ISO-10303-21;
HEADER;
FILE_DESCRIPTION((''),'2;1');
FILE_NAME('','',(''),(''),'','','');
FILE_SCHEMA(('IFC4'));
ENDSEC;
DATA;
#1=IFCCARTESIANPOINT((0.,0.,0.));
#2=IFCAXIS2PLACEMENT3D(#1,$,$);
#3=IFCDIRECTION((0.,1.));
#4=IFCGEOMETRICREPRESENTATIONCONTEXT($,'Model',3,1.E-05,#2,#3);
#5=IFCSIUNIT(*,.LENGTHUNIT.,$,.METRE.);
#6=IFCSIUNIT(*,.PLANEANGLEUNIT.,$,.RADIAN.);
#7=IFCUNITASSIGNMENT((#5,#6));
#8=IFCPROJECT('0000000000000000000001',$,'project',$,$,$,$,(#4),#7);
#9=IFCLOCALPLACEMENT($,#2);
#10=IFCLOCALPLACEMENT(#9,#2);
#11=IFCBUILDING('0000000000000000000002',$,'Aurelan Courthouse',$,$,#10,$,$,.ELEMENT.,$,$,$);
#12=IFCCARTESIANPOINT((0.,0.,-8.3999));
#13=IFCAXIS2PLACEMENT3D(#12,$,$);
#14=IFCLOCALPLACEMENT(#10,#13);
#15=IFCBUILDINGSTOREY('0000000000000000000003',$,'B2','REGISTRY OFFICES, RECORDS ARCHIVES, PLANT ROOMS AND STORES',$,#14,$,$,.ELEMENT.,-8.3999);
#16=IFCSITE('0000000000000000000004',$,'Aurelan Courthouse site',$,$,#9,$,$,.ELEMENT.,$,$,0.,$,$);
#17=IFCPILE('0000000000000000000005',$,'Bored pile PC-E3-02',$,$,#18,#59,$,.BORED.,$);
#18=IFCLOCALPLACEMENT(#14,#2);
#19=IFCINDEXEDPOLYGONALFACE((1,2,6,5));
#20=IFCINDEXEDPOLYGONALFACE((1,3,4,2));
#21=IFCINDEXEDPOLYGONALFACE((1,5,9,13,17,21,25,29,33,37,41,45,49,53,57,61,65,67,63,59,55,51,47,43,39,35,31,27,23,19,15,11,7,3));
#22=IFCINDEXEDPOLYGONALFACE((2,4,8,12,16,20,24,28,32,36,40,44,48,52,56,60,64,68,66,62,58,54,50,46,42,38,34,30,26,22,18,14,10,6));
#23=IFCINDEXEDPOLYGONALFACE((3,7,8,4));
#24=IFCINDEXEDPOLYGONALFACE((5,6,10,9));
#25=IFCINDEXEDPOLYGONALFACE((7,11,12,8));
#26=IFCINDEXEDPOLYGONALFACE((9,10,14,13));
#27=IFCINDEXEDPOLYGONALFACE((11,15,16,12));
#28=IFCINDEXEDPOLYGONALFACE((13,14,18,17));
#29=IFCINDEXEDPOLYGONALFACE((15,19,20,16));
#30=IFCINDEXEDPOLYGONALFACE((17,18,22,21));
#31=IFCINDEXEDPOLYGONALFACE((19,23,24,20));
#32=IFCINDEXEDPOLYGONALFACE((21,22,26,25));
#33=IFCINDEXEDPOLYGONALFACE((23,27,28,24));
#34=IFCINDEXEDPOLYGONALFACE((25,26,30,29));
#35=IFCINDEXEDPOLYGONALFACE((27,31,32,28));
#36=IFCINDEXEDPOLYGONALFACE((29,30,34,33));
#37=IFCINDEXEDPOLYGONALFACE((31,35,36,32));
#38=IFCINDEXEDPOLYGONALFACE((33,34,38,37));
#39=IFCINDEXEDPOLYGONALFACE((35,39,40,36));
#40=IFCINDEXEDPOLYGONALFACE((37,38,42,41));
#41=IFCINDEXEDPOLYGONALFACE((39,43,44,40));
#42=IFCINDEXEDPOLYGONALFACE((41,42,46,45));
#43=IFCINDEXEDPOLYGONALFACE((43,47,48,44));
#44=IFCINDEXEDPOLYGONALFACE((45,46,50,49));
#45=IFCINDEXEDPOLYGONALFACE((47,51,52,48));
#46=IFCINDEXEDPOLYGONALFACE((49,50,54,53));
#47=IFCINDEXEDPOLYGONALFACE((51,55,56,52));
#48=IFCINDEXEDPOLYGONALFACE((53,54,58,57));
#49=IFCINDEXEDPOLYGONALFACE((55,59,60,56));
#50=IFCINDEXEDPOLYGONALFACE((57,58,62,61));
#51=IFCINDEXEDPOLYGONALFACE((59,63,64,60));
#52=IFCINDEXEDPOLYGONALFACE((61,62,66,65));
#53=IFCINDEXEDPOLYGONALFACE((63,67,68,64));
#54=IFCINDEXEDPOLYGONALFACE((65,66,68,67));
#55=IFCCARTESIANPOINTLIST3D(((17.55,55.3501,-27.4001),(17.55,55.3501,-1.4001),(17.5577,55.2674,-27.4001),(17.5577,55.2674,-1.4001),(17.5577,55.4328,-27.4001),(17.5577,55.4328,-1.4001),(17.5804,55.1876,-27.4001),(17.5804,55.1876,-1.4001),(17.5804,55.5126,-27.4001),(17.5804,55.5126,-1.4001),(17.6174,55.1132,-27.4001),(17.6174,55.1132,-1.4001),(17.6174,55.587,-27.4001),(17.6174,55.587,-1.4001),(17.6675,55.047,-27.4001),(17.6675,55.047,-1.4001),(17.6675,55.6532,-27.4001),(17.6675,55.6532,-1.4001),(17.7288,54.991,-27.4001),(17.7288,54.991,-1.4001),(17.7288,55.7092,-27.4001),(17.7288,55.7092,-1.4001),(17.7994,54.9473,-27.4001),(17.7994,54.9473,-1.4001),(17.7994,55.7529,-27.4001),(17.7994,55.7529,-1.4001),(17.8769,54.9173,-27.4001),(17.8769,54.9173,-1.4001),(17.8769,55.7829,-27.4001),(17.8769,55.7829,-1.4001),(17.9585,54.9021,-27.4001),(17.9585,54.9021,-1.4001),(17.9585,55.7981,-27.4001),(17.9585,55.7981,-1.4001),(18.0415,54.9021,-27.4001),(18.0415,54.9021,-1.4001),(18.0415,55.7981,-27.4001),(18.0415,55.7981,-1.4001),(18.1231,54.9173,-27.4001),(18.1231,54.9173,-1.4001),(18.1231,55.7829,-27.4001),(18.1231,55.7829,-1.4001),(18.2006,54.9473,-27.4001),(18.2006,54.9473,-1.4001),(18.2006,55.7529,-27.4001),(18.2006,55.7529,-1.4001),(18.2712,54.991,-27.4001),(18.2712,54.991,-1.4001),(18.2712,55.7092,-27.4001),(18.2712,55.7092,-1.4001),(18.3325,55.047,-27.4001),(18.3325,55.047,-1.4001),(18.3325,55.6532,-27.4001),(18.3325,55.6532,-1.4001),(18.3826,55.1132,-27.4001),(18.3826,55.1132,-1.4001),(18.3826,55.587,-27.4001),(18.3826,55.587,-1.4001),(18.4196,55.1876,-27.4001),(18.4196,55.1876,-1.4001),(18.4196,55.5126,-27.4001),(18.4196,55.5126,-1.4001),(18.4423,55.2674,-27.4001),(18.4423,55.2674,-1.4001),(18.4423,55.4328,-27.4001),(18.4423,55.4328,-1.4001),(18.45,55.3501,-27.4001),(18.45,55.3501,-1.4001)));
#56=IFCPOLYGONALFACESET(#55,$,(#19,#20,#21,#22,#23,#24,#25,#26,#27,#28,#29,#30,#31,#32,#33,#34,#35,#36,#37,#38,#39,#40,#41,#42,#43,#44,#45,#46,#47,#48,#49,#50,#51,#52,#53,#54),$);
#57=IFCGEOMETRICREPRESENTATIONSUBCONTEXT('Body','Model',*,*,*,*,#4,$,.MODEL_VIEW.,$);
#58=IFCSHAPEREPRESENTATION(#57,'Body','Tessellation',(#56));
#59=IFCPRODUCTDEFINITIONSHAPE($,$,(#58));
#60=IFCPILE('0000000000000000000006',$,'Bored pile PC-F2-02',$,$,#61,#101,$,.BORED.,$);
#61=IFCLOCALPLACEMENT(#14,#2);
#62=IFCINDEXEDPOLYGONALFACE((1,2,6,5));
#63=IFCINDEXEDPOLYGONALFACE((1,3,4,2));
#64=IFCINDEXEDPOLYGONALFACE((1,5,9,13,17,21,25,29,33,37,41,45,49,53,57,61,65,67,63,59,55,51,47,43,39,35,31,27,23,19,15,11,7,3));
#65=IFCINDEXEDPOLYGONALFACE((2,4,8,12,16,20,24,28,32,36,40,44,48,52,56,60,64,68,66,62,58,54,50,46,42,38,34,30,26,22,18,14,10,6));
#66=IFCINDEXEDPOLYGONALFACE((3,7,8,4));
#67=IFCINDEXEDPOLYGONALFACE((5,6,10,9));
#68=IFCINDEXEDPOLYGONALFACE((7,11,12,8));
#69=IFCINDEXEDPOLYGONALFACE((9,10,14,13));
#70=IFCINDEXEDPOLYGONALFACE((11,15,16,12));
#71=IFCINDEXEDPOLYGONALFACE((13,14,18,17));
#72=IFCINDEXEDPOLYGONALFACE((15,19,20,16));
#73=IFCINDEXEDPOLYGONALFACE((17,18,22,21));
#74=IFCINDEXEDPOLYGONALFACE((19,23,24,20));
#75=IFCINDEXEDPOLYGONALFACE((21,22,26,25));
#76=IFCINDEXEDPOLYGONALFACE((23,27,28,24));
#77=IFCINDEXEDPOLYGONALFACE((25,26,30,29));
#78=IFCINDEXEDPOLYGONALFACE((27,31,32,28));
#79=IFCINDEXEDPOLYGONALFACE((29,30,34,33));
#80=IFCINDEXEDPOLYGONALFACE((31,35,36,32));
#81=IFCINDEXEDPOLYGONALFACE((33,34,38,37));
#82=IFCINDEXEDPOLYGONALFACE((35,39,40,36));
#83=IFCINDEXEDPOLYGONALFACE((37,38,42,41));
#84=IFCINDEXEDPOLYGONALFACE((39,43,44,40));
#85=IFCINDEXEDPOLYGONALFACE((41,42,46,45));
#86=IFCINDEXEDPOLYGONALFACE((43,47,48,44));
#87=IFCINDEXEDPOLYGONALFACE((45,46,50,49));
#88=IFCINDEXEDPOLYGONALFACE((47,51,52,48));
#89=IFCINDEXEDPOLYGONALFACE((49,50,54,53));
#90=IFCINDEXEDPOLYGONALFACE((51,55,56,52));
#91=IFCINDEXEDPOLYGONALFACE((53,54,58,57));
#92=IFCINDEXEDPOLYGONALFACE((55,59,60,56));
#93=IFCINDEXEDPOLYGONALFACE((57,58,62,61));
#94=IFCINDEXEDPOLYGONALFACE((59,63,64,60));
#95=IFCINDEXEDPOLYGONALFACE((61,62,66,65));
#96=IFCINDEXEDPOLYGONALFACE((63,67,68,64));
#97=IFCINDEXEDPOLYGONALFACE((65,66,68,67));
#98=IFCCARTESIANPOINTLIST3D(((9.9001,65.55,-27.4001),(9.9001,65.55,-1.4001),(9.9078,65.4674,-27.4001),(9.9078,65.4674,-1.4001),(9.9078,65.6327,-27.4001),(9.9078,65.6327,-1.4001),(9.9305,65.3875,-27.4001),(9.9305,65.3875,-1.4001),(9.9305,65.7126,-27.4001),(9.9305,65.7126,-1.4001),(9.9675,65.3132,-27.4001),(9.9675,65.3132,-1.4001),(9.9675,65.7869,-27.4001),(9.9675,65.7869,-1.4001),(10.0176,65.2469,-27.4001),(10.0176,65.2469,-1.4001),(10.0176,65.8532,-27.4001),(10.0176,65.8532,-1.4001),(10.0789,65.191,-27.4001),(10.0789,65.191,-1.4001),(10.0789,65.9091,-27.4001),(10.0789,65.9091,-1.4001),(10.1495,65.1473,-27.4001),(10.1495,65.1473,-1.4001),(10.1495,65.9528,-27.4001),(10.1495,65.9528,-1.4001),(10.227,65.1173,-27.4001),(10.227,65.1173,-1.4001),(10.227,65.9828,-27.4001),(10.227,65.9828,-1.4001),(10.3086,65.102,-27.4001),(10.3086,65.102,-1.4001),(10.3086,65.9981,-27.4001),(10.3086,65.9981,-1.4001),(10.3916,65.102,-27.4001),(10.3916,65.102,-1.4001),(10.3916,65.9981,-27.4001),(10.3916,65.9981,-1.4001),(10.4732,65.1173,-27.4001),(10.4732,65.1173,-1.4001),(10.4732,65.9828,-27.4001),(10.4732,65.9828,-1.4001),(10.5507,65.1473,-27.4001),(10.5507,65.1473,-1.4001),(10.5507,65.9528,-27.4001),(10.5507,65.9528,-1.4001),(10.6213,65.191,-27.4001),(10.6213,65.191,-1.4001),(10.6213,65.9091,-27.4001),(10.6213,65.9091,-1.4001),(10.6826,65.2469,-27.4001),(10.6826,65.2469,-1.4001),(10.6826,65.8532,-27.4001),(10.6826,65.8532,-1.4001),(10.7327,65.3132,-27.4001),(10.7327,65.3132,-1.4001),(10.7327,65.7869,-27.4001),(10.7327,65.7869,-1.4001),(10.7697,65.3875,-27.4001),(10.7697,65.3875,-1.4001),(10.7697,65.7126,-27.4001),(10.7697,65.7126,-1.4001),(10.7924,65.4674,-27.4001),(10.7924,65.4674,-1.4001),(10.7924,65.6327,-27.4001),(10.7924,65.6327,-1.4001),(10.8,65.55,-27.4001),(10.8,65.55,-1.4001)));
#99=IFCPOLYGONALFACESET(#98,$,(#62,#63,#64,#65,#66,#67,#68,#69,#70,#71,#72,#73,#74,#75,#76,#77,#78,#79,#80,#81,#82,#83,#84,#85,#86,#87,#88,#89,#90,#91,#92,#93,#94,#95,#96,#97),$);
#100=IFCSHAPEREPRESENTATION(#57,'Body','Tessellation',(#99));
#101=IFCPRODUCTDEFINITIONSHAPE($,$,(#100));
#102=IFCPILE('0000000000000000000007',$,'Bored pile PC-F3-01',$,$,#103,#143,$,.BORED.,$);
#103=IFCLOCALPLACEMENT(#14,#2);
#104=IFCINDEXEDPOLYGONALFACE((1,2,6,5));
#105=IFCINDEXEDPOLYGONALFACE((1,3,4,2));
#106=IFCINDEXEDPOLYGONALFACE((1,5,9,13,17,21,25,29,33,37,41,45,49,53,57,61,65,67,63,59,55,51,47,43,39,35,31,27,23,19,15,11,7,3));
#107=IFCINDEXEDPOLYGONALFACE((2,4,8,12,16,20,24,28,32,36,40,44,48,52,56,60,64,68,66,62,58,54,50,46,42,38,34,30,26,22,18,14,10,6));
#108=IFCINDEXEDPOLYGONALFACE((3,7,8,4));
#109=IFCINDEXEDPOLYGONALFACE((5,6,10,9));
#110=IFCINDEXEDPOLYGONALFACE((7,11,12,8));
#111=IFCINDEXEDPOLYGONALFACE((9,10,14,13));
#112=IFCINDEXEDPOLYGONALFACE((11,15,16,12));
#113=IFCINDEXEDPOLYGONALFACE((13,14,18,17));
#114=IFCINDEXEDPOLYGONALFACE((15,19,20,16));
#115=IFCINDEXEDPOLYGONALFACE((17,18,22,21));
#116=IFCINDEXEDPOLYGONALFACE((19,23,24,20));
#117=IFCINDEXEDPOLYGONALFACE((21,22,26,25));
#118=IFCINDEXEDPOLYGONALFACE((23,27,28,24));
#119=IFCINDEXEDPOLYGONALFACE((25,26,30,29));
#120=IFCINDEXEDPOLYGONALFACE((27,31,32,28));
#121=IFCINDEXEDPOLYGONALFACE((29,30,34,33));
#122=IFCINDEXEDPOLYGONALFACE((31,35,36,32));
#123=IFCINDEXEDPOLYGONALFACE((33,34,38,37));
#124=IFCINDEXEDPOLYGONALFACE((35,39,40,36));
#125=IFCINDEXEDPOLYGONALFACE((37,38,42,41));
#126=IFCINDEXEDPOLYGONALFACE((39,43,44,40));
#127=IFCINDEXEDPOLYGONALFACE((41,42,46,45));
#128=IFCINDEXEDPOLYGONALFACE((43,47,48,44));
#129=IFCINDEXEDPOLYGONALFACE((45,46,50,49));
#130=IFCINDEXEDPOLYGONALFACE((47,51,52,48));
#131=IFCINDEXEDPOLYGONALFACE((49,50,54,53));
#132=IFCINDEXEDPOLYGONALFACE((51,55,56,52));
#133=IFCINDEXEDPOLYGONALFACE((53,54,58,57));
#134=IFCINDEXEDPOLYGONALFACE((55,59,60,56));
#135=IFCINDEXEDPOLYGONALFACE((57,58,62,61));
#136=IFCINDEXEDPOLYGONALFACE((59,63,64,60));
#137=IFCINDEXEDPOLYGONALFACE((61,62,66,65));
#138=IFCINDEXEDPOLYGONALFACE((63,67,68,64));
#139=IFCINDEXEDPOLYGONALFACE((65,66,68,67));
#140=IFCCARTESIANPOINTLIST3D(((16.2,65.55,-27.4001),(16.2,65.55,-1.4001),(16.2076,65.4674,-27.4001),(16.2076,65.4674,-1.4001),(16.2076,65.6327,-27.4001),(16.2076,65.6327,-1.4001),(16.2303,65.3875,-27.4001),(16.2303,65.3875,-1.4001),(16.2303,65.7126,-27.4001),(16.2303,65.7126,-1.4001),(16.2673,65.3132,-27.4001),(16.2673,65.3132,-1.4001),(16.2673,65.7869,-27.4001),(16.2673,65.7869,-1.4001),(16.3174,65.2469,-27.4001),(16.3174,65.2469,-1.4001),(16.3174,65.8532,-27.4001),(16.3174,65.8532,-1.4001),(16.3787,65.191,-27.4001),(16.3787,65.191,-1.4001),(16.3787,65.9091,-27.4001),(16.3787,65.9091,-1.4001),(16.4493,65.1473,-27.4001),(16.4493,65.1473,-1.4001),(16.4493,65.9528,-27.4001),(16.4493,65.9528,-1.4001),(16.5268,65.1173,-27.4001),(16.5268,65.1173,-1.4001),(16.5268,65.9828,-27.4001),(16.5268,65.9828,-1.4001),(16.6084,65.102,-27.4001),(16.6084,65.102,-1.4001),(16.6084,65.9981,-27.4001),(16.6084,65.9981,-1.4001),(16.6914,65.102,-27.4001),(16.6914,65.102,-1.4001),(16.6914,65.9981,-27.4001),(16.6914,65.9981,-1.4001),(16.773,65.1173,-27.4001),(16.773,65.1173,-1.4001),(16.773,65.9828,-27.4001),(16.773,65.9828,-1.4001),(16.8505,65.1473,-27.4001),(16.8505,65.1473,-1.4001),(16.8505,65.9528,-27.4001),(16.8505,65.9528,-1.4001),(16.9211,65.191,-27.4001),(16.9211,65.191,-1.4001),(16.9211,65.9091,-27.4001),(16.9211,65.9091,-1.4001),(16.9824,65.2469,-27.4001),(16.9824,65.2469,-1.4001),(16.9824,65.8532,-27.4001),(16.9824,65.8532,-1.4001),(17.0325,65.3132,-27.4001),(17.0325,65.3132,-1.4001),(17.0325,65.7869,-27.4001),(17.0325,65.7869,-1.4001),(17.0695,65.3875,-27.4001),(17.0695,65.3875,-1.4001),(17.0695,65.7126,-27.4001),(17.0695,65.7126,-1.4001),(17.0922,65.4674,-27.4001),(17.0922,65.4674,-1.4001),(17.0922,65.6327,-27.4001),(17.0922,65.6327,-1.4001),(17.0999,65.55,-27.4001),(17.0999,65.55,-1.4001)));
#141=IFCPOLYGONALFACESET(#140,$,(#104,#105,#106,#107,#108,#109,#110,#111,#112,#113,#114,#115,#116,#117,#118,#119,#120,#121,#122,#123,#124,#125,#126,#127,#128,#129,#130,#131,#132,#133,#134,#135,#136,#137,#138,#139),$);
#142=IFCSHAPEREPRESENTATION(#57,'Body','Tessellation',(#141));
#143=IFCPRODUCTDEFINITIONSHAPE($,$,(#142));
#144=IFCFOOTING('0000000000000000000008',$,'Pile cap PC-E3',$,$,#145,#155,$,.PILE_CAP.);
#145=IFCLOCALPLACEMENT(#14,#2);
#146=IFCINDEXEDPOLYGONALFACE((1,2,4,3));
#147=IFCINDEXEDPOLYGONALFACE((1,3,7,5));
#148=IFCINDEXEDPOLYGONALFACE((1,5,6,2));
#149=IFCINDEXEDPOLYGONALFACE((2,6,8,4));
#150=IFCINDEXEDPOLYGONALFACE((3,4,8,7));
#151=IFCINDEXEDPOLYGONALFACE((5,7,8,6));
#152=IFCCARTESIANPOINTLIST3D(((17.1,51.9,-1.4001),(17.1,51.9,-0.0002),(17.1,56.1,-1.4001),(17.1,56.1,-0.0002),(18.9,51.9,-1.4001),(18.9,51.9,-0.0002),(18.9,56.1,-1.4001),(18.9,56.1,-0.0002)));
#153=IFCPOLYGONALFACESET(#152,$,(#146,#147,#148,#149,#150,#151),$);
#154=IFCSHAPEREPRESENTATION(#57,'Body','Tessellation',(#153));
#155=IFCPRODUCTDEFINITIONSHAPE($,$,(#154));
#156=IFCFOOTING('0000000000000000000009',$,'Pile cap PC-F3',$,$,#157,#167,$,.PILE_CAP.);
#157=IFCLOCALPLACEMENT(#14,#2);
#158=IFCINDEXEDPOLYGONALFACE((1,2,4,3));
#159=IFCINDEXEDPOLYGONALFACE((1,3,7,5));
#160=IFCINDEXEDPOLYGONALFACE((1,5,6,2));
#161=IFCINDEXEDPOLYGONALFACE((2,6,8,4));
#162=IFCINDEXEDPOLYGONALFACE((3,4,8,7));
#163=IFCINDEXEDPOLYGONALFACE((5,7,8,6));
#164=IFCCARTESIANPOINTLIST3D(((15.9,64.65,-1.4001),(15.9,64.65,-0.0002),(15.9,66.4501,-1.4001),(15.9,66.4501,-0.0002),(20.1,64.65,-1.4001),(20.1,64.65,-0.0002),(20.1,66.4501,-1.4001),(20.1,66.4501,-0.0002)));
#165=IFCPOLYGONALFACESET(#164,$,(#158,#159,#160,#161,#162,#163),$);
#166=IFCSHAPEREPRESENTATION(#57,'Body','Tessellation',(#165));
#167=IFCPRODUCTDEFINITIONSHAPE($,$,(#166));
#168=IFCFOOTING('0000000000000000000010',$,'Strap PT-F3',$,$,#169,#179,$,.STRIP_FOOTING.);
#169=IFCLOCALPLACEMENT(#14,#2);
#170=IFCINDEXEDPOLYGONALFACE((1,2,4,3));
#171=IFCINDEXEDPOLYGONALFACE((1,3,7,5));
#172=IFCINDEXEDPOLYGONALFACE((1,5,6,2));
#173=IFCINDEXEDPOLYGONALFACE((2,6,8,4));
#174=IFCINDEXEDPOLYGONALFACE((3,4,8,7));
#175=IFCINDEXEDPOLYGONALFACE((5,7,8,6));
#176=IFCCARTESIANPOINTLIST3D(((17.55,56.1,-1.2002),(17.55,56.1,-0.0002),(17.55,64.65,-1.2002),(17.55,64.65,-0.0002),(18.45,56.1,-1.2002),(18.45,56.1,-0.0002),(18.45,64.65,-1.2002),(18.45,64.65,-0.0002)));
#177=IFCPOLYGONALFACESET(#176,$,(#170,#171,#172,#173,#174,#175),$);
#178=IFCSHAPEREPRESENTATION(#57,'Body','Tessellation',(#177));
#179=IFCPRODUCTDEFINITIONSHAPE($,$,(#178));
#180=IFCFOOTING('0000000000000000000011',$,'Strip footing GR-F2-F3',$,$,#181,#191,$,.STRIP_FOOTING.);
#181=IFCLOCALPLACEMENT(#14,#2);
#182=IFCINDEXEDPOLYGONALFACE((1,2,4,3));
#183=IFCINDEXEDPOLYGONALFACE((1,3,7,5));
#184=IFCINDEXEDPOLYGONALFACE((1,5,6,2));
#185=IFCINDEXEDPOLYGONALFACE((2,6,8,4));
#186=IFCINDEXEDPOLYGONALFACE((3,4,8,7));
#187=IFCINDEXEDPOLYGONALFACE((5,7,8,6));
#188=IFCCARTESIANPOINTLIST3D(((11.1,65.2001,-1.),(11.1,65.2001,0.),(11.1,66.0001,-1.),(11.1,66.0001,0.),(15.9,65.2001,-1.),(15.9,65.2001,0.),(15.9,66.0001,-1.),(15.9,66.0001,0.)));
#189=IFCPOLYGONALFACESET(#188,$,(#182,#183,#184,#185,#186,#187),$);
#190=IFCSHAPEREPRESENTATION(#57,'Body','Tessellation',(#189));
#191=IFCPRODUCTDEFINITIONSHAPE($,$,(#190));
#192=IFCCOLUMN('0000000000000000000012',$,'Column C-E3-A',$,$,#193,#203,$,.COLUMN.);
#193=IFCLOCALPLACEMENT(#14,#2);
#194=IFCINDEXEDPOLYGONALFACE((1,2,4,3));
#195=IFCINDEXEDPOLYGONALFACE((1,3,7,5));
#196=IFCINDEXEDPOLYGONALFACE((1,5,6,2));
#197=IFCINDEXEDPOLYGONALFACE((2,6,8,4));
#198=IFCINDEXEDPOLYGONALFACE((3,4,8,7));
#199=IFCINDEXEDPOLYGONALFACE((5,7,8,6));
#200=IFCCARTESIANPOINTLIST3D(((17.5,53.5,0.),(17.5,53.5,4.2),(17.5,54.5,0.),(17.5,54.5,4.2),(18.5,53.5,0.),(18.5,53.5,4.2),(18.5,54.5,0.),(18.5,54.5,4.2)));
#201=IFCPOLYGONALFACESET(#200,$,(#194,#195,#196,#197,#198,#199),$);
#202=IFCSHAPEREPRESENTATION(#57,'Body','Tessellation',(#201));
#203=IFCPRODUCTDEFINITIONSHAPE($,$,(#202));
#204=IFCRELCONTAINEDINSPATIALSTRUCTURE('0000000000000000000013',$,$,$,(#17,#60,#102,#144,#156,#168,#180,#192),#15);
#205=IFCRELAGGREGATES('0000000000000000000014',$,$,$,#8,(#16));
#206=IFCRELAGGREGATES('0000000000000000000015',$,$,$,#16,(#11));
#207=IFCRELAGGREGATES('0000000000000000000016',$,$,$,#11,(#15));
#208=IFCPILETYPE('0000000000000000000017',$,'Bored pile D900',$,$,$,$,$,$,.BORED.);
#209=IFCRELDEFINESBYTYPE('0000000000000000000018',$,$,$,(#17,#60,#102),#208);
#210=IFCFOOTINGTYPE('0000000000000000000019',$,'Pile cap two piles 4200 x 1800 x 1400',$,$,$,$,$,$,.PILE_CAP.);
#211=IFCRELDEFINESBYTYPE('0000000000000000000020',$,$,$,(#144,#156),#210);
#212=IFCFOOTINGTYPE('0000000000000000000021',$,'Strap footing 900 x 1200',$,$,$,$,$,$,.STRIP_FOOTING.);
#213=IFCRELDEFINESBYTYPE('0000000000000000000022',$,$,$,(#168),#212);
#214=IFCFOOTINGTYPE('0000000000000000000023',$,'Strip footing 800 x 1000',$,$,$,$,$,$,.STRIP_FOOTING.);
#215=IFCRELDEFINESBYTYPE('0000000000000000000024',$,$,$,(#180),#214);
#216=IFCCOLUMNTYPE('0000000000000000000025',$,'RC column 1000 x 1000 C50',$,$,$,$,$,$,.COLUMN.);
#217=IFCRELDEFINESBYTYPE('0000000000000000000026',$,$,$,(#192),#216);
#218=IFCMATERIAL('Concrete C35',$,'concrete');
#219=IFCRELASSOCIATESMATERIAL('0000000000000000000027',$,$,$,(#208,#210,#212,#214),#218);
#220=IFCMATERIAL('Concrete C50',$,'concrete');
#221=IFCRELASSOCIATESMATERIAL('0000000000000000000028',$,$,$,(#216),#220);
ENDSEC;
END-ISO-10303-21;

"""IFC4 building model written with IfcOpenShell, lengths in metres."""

from ifc_helpers import new_model, si_unit, direction, frame, origin, origin_2d, place, context, subcontext, project, spatial, rectangle, circle, extrude, material, material_profile, profile_set, type_object, element, save


model = new_model("IFC4")

# Units and contexts
model_context = context("Model", 3, precision=1e-05, world=origin(), true_north=direction((0.0, 1.0)))
body_context = subcontext(model_context, "Body", "Model", "MODEL_VIEW")
ifc_project = project(units=[si_unit("LENGTHUNIT", "METRE"), si_unit("PLANEANGLEUNIT", "RADIAN")], contexts=[model_context])

# Site, building, storey
site_placement = place(None, origin())
site = spatial("IfcSite", under=ifc_project, at=site_placement, Name="Aurelan Courthouse site", CompositionType="ELEMENT", RefElevation=0.0)
building_placement = place(site_placement, origin())
building = spatial("IfcBuilding", under=site, at=building_placement, Name="Aurelan Courthouse", CompositionType="ELEMENT")
storey_placement = place(building_placement, frame((0.0, 0.0, -8.3999)))
storey = spatial("IfcBuildingStorey", under=building, at=storey_placement, Name="B2", Description="REGISTRY OFFICES, RECORDS ARCHIVES, PLANT ROOMS AND STORES", CompositionType="ELEMENT", Elevation=-8.3999)

# Piles
ifc_material_1 = material(Name="Concrete C35", Category="concrete")
ifc_material_profile_1 = material_profile(ifc_material_1, circle(Radius=0.45, at=origin_2d()), Name="D900")
ifc_profile_set_1 = profile_set([ifc_material_profile_1], Name="Concrete C35")
pile_type = type_object("IfcPileType", Name="Bored pile D900", PredefinedType="BORED", material=ifc_profile_set_1)
for number, where, z_axis, x_axis, name in (
    (1, (18.0, 55.3501, -1.4001), (0.0, 0.0, -1.0), (1.0, 0.0, 0.0), "Bored pile PC-E3-02"),
    (2, (10.3501, 65.55, -1.4001), (0.0, 0.0, -1.0), (1.0, 0.0, 0.0), "Bored pile PC-F2-02"),
    (3, (16.6499, 65.55, -1.4001), (0.0, 0.0, -1.0), (1.0, 0.0, 0.0), "Bored pile PC-F3-01"),
):
    element("IfcPile", number, at=place(storey_placement, frame(where, z_axis=z_axis, x_axis=x_axis)), inside=storey, type_object=pile_type, Name=name, PredefinedType="BORED", context=body_context, shape_type="SweptSolid", body=[
        extrude(circle(Radius=0.45, at=origin_2d()), origin(), (0.0, 0.0, 1.0), 26.0),
    ])

# Footings
footing_type_1 = type_object("IfcFootingType", Name="Pile cap two piles 4200 x 1800 x 1400", PredefinedType="PILE_CAP", material=ifc_material_1)
for number, where, z_axis, x_axis, name in (
    (4, (18.0, 54.0, -1.4001), (0.0, 0.0, 1.0), (0.0, 1.0, 0.0), "Pile cap PC-E3"),
    (5, (18.0, 65.55, -1.4001), (0.0, 0.0, 1.0), (1.0, 0.0, 0.0), "Pile cap PC-F3"),
):
    element("IfcFooting", number, at=place(storey_placement, frame(where, z_axis=z_axis, x_axis=x_axis)), inside=storey, type_object=footing_type_1, Name=name, PredefinedType="PILE_CAP", context=body_context, shape_type="SweptSolid", body=[
        extrude(rectangle(XDim=4.2, YDim=1.8, at=origin_2d()), origin(), (0.0, 0.0, 1.0), 1.3999),
    ])
footing_type_2 = type_object("IfcFootingType", Name="Strap footing 900 x 1200", PredefinedType="STRIP_FOOTING", material=ifc_material_1)
footing_1_placement = place(storey_placement, frame((18.0, 60.375, -1.2002), z_axis=(0.0, 0.0, 1.0), x_axis=(1.0, 0.0, 0.0)))
element("IfcFooting", 6, at=footing_1_placement, inside=storey, type_object=footing_type_2, Name="Strap PT-F3", PredefinedType="STRIP_FOOTING", context=body_context, shape_type="SweptSolid", body=[
    extrude(rectangle(XDim=0.8999, YDim=8.55, at=origin_2d()), origin(), (0.0, 0.0, 1.0), 1.2),
])
footing_type_3 = type_object("IfcFootingType", Name="Strip footing 800 x 1000", PredefinedType="STRIP_FOOTING", material=ifc_material_1)
footing_2_placement = place(storey_placement, frame((13.5, 65.6001, -1.0), z_axis=(0.0, 0.0, 1.0), x_axis=(1.0, 0.0, 0.0)))
element("IfcFooting", 7, at=footing_2_placement, inside=storey, type_object=footing_type_3, Name="Strip footing GR-F2-F3", PredefinedType="STRIP_FOOTING", context=body_context, shape_type="SweptSolid", body=[
    extrude(rectangle(XDim=4.8, YDim=0.8, at=origin_2d()), origin(), (0.0, 0.0, 1.0), 1.0),
])

# Column
ifc_material_2 = material(Name="Concrete C50", Category="concrete")
ifc_material_profile_2 = material_profile(ifc_material_2, rectangle(XDim=1.0, YDim=1.0, at=origin_2d()), Name="RC 1000 x 1000")
ifc_profile_set_2 = profile_set([ifc_material_profile_2], Name="Concrete C50")
column_type_1 = type_object("IfcColumnType", Name="RC column 1000 x 1000 C50", PredefinedType="COLUMN", material=ifc_profile_set_2)
column_1_placement = place(storey_placement, frame((18.0, 54.0, 0.0), z_axis=(0.0, 0.0, 1.0), x_axis=(1.0, 0.0, 0.0)))
element("IfcColumn", 8, at=column_1_placement, inside=storey, type_object=column_type_1, Name="Column C-E3-A", PredefinedType="COLUMN", context=body_context, shape_type="SweptSolid", body=[
    extrude(rectangle(XDim=1.0, YDim=1.0, at=origin_2d()), origin(), (0.0, 0.0, 1.0), 4.2),
])

save(model, "model.ifc")
